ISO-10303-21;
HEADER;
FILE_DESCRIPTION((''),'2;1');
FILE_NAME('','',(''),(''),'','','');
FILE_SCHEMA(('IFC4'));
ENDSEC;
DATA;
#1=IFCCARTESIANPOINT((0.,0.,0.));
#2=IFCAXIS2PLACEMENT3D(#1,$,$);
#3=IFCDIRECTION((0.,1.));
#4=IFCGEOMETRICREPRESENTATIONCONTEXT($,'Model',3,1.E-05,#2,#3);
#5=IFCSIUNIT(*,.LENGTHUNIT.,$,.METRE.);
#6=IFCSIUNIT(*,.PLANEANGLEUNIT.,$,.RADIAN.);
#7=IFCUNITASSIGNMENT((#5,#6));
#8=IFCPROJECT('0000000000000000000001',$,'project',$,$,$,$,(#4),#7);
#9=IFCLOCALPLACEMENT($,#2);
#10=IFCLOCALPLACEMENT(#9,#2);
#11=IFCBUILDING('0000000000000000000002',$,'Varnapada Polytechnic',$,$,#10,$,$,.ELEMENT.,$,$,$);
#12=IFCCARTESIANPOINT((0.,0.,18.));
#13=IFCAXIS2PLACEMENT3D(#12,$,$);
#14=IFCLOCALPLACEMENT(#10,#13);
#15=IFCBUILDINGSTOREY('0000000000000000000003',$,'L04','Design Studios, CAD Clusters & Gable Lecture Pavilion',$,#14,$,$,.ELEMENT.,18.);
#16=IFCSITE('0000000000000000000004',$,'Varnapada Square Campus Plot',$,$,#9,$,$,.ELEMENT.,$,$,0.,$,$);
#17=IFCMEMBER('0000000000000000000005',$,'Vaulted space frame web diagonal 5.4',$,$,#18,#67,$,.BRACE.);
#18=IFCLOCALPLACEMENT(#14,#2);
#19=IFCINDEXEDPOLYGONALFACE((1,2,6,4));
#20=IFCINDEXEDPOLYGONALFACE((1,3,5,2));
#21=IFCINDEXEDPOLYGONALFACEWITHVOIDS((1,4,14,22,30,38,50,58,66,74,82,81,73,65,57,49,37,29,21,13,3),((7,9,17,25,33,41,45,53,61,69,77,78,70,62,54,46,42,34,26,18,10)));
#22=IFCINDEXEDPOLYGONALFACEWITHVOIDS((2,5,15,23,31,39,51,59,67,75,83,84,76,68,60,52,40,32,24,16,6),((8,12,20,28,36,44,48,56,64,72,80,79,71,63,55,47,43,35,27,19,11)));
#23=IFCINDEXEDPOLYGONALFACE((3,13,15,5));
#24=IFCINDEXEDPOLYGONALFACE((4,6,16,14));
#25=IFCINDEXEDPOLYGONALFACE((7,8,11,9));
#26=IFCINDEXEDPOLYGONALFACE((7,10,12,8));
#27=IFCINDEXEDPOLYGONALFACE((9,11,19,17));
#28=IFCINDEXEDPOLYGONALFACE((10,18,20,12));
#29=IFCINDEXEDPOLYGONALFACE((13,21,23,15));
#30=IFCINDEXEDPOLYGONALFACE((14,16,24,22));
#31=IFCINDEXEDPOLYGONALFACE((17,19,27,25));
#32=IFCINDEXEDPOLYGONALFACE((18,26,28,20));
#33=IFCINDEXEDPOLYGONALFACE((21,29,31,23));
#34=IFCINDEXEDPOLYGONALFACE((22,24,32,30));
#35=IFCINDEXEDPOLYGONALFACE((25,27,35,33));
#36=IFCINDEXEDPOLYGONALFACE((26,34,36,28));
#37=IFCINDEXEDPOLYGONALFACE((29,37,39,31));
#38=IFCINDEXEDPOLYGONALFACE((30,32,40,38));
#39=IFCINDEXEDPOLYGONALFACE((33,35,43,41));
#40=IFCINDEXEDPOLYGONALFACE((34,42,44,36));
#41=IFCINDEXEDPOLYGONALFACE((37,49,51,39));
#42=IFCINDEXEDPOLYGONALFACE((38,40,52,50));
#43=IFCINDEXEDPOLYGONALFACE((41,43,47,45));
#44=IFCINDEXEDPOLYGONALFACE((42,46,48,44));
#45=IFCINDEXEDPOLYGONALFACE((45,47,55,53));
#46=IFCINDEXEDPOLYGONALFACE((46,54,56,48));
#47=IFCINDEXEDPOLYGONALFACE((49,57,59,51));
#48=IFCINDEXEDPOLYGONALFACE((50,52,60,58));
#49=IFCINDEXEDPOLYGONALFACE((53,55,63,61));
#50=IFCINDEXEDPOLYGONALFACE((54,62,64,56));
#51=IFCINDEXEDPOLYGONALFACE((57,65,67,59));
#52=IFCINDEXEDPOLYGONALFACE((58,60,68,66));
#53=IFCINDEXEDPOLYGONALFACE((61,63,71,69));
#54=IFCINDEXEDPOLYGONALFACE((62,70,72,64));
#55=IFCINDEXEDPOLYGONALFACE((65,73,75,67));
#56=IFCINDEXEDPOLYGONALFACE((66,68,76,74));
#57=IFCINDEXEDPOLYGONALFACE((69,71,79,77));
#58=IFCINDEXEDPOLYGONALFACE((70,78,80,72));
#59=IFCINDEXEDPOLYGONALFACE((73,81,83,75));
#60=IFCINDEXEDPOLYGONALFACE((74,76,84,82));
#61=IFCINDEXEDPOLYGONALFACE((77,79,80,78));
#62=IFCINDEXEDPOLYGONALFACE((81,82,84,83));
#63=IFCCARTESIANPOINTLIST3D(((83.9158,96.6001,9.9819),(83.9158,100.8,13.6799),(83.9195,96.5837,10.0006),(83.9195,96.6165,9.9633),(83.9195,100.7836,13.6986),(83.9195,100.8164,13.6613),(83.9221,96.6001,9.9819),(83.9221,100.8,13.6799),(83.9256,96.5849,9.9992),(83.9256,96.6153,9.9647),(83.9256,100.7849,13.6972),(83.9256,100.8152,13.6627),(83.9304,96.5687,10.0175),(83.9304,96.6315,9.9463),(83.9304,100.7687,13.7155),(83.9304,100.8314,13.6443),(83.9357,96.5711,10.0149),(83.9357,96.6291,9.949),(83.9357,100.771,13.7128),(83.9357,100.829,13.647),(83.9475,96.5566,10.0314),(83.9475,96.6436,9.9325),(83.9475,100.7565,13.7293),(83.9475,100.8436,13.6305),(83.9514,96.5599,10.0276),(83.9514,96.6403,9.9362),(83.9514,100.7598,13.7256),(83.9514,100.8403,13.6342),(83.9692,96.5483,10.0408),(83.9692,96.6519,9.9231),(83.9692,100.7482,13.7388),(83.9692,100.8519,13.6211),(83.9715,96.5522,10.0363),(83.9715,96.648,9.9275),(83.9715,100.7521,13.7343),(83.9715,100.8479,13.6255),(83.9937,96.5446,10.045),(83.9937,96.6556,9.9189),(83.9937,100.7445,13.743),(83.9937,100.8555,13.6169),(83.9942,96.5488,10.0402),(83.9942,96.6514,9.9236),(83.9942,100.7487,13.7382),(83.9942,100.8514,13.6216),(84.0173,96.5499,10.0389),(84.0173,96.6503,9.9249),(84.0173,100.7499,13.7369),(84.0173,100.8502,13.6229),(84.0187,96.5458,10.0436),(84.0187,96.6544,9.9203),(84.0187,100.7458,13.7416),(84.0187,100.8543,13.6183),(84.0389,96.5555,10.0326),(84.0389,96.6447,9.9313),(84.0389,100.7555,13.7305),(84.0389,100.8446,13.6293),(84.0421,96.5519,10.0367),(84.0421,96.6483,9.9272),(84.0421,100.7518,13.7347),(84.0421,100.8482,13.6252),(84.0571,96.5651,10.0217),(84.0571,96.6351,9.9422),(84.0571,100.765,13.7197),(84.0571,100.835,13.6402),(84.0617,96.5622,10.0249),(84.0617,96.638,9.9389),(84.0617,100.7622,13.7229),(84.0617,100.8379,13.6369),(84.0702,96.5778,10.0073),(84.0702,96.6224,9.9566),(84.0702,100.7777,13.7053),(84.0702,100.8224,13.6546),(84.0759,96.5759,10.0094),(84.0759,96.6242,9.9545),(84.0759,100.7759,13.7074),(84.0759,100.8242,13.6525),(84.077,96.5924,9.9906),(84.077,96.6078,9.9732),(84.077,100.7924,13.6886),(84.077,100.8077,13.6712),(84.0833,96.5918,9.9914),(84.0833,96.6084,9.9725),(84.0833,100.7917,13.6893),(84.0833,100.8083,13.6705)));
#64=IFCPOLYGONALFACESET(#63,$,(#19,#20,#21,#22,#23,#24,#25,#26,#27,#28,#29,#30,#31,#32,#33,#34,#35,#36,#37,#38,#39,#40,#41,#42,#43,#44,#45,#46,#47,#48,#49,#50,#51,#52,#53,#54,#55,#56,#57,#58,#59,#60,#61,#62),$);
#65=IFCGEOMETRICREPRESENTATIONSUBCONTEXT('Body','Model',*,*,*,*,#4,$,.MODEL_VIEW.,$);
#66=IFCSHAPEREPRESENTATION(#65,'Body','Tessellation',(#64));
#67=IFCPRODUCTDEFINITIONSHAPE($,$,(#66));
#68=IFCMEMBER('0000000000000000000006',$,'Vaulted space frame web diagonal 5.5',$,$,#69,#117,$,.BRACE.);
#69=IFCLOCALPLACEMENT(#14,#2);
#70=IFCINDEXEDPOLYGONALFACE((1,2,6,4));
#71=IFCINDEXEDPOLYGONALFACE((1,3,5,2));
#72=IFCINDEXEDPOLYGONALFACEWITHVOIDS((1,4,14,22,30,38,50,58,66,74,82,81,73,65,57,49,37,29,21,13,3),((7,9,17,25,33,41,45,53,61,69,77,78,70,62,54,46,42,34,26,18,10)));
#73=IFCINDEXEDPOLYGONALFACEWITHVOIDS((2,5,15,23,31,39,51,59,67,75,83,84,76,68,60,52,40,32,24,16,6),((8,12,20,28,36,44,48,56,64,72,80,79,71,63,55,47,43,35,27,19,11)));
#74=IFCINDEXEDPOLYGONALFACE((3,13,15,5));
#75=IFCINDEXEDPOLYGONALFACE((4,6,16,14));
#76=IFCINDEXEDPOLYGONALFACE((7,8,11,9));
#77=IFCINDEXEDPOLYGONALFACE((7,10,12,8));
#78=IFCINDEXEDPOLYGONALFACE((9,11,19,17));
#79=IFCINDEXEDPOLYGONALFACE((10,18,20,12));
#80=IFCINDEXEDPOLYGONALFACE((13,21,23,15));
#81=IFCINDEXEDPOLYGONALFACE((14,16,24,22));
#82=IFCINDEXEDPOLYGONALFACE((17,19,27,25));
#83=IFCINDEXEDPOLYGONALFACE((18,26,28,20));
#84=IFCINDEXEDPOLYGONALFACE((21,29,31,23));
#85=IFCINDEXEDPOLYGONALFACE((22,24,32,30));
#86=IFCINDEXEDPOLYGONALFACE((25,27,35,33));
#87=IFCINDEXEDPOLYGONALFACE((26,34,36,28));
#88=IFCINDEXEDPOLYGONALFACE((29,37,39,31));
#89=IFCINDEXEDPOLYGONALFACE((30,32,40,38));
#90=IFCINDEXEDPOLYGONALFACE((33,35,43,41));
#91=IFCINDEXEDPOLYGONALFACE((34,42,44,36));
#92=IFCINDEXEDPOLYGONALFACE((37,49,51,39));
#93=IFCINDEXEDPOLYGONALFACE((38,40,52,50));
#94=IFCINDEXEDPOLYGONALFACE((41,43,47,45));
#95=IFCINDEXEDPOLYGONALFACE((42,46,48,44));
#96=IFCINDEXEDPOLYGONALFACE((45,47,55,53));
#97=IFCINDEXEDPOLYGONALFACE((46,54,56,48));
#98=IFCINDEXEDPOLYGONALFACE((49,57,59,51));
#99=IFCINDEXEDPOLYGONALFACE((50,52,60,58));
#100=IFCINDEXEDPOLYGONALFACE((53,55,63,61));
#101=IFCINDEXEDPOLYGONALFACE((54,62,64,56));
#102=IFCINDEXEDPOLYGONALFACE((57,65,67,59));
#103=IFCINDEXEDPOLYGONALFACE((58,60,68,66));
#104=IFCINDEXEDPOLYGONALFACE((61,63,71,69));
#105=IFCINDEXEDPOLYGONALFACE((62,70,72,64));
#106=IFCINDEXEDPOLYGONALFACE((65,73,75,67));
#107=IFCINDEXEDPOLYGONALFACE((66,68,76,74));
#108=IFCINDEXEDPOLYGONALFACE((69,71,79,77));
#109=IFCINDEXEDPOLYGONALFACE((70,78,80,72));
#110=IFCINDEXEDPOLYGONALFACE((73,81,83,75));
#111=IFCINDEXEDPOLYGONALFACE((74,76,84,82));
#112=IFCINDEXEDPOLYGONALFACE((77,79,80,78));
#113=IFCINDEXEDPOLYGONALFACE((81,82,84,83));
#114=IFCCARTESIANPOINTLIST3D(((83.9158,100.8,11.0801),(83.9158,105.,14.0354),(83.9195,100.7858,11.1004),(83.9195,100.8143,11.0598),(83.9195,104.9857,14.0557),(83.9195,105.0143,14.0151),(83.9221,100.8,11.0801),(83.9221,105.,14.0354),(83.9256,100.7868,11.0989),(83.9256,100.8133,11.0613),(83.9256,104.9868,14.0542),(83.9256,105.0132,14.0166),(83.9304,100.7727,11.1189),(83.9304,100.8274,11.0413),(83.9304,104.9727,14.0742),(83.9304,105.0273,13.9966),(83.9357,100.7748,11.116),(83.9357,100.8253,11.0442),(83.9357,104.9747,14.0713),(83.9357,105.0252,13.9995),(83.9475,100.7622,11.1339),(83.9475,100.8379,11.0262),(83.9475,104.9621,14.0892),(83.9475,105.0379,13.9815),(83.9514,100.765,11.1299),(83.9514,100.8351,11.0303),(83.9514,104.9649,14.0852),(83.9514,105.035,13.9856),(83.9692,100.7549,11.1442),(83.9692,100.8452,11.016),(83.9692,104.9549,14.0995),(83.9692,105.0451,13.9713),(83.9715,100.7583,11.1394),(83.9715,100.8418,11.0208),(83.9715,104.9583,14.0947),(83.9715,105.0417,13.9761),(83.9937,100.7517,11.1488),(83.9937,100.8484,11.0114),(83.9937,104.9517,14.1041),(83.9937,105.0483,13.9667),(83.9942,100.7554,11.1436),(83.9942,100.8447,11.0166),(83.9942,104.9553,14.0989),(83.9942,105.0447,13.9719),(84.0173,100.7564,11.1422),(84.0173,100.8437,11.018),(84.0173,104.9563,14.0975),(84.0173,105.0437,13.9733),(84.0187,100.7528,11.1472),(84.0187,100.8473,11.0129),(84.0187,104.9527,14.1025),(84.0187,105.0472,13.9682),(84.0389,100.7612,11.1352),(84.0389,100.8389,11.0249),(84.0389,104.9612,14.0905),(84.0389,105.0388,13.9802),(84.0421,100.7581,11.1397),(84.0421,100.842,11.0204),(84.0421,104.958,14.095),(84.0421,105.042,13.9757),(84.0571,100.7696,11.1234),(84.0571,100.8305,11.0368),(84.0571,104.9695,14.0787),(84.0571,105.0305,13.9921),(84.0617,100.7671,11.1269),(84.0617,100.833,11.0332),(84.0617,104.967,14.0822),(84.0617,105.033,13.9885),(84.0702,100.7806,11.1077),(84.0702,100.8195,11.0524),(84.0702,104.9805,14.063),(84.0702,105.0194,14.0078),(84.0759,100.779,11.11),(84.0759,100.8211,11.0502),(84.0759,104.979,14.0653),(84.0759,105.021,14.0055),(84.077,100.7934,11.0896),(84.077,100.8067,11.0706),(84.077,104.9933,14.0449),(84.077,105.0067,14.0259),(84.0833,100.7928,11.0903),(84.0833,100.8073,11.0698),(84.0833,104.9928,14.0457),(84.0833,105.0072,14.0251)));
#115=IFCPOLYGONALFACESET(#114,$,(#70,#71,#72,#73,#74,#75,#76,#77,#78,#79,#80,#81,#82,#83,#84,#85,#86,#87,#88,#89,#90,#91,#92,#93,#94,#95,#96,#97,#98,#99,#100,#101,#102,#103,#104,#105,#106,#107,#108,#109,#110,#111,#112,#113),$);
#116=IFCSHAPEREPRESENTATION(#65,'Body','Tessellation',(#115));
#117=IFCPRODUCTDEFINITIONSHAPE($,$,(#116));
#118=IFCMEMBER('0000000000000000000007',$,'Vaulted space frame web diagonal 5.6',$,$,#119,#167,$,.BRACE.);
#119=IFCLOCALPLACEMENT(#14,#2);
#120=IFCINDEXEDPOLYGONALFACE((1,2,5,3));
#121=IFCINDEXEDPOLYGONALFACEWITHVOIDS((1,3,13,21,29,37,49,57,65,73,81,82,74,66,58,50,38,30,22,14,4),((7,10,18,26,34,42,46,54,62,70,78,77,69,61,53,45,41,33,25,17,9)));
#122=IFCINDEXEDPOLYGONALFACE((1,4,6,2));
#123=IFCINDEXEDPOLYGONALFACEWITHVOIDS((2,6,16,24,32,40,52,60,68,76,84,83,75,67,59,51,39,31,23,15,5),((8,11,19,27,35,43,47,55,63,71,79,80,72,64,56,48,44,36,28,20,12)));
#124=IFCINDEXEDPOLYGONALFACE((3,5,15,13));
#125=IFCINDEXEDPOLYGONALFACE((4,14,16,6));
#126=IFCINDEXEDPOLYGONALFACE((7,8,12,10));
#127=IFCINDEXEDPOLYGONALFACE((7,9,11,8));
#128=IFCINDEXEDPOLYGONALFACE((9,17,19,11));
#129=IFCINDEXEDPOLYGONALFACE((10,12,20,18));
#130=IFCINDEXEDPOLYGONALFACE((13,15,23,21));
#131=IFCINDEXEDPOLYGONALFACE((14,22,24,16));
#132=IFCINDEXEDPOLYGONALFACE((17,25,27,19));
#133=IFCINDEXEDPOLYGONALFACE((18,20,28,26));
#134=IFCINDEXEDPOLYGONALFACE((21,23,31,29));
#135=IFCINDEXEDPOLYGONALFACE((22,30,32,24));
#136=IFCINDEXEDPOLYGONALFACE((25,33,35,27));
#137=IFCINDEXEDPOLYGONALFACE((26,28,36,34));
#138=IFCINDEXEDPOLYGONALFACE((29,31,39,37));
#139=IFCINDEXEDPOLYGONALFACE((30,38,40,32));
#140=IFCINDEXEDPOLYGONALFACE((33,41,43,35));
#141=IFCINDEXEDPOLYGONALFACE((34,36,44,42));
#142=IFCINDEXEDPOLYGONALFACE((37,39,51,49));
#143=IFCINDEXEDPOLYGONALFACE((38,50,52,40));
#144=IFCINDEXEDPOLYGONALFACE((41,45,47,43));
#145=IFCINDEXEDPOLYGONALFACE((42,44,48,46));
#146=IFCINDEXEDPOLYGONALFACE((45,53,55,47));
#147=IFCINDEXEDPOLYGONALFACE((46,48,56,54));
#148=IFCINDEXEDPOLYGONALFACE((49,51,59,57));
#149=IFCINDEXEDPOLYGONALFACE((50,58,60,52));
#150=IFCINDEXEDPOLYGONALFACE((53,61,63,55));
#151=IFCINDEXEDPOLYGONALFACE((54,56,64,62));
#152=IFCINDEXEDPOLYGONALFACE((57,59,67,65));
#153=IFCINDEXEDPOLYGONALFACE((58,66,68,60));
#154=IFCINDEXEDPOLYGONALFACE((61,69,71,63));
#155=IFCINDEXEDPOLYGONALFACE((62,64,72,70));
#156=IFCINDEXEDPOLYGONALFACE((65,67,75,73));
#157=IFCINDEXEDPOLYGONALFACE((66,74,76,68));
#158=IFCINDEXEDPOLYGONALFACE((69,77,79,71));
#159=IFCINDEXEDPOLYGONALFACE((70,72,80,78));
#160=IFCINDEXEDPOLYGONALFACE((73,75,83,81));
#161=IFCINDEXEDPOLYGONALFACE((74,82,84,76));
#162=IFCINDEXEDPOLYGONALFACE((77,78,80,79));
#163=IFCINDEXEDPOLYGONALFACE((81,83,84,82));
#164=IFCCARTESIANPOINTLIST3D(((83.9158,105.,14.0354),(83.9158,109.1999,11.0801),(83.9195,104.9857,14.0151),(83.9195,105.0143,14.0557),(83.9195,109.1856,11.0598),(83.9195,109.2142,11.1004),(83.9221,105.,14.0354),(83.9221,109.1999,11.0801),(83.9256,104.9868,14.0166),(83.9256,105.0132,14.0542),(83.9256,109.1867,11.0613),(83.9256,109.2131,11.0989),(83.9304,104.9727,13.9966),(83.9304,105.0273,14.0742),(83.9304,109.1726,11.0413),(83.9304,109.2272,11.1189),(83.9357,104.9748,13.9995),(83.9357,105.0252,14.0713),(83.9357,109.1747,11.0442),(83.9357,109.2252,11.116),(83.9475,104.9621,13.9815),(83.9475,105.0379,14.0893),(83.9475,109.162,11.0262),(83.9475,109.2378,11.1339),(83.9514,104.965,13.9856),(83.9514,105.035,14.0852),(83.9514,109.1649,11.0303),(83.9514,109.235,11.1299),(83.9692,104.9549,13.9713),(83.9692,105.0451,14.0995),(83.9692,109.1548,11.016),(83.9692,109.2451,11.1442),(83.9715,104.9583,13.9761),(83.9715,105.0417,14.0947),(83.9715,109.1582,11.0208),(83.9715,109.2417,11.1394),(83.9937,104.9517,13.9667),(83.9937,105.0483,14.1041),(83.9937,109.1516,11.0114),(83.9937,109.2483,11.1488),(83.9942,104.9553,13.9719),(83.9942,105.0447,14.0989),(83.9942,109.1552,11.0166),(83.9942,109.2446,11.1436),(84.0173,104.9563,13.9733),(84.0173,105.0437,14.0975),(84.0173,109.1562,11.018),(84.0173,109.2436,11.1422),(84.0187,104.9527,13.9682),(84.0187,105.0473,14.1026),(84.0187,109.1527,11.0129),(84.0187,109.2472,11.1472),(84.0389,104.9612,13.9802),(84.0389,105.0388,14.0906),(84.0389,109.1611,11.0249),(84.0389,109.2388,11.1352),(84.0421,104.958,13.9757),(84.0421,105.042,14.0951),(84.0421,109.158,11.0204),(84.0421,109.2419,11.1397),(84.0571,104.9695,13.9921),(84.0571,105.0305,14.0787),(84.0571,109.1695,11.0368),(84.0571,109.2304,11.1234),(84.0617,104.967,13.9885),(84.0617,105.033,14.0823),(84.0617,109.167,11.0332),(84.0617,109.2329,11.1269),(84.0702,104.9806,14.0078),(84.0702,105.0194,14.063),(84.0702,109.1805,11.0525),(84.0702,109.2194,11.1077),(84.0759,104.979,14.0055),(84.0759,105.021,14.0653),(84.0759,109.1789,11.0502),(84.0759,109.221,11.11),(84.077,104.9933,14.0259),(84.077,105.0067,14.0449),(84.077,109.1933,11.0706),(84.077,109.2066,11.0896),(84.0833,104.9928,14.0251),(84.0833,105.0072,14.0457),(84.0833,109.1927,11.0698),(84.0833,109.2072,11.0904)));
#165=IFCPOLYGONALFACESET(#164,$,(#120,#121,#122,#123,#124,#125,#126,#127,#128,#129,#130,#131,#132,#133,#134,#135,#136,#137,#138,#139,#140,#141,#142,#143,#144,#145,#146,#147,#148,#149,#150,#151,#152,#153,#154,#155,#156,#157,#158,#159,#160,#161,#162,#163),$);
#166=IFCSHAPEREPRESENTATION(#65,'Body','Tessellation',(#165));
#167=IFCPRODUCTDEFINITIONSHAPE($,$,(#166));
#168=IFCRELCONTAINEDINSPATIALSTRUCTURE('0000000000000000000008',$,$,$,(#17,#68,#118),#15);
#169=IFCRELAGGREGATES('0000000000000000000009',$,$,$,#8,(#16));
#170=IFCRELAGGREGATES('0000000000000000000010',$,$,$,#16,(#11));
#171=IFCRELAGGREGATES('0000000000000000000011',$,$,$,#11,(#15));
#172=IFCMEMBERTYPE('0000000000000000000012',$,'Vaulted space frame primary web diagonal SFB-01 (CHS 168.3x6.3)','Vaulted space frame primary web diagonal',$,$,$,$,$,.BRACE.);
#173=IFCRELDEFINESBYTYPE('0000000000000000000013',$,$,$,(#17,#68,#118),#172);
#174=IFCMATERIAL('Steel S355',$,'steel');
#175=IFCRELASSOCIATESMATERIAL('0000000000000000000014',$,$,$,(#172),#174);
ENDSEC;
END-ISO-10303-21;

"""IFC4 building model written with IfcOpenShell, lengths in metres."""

from ifc_helpers import new_model, si_unit, direction, frame, origin, origin_2d, place, context, subcontext, project, spatial, hollow_circle, extrude, material, material_profile, profile_set, type_object, element, save


model = new_model("IFC4")

# Units and contexts
model_context = context("Model", 3, precision=1e-05, world=origin(), true_north=direction((0.0, 1.0)))
body_context = subcontext(model_context, "Body", "Model", "MODEL_VIEW")
ifc_project = project(units=[si_unit("LENGTHUNIT", "METRE"), si_unit("PLANEANGLEUNIT", "RADIAN")], contexts=[model_context])

# Site, building, storey
site_placement = place(None, origin())
site = spatial("IfcSite", under=ifc_project, at=site_placement, Name="Varnapada Square Campus Plot", CompositionType="ELEMENT", RefElevation=0.0)
building_placement = place(site_placement, origin())
building = spatial("IfcBuilding", under=site, at=building_placement, Name="Varnapada Polytechnic", CompositionType="ELEMENT")
storey_placement = place(building_placement, frame((0.0, 0.0, 18.0)))
storey = spatial("IfcBuildingStorey", under=building, at=storey_placement, Name="L04", Description="Design Studios, CAD Clusters & Gable Lecture Pavilion", CompositionType="ELEMENT", Elevation=18.0)

# Shared definitions
ifc_material = material(Name="Steel S355", Category="steel")

# Members
ifc_material_profile_1 = material_profile(ifc_material, hollow_circle(Radius=0.0842, WallThickness=0.0063, at=origin_2d()), Name="CHS 168.3x6.3")
ifc_profile_set_1 = profile_set([ifc_material_profile_1], Name="Steel S355")
member_type_1 = type_object("IfcMemberType", Name="Vaulted space frame primary web diagonal SFB-01 (CHS 168.3x6.3)", Description="Vaulted space frame primary web diagonal", PredefinedType="BRACE", material=ifc_profile_set_1)
member_1_placement = place(storey_placement, frame((84.0, 96.6001, 9.9819), z_axis=(0.0, 0.750533, 0.660833), x_axis=(-1.0, 0.0, 0.0)))
element("IfcMember", 1, at=member_1_placement, inside=storey, type_object=member_type_1, Name="Vaulted space frame web diagonal 5.4", PredefinedType="BRACE", context=body_context, shape_type="SweptSolid", body=[
    extrude(hollow_circle(Radius=0.0842, WallThickness=0.0063, at=origin_2d()), origin(), (0.0, 0.0, 1.0), 5.5959),
])
for number, where, z_axis, x_axis, name in (
    (2, (84.0, 100.8, 11.0801), (0.0, 0.817825, 0.575467), (-1.0, 0.0, 0.0), "Vaulted space frame web diagonal 5.5"),
    (3, (84.0, 105.0, 14.0354), (0.0, 0.817825, -0.575467), (-1.0, 0.0, 0.0), "Vaulted space frame web diagonal 5.6"),
):
    element("IfcMember", number, at=place(storey_placement, frame(where, z_axis=z_axis, x_axis=x_axis)), inside=storey, type_object=member_type_1, Name=name, PredefinedType="BRACE", context=body_context, shape_type="SweptSolid", body=[
        extrude(hollow_circle(Radius=0.0842, WallThickness=0.0063, at=origin_2d()), origin(), (0.0, 0.0, 1.0), 5.1355),
    ])

save(model, "model.ifc")
